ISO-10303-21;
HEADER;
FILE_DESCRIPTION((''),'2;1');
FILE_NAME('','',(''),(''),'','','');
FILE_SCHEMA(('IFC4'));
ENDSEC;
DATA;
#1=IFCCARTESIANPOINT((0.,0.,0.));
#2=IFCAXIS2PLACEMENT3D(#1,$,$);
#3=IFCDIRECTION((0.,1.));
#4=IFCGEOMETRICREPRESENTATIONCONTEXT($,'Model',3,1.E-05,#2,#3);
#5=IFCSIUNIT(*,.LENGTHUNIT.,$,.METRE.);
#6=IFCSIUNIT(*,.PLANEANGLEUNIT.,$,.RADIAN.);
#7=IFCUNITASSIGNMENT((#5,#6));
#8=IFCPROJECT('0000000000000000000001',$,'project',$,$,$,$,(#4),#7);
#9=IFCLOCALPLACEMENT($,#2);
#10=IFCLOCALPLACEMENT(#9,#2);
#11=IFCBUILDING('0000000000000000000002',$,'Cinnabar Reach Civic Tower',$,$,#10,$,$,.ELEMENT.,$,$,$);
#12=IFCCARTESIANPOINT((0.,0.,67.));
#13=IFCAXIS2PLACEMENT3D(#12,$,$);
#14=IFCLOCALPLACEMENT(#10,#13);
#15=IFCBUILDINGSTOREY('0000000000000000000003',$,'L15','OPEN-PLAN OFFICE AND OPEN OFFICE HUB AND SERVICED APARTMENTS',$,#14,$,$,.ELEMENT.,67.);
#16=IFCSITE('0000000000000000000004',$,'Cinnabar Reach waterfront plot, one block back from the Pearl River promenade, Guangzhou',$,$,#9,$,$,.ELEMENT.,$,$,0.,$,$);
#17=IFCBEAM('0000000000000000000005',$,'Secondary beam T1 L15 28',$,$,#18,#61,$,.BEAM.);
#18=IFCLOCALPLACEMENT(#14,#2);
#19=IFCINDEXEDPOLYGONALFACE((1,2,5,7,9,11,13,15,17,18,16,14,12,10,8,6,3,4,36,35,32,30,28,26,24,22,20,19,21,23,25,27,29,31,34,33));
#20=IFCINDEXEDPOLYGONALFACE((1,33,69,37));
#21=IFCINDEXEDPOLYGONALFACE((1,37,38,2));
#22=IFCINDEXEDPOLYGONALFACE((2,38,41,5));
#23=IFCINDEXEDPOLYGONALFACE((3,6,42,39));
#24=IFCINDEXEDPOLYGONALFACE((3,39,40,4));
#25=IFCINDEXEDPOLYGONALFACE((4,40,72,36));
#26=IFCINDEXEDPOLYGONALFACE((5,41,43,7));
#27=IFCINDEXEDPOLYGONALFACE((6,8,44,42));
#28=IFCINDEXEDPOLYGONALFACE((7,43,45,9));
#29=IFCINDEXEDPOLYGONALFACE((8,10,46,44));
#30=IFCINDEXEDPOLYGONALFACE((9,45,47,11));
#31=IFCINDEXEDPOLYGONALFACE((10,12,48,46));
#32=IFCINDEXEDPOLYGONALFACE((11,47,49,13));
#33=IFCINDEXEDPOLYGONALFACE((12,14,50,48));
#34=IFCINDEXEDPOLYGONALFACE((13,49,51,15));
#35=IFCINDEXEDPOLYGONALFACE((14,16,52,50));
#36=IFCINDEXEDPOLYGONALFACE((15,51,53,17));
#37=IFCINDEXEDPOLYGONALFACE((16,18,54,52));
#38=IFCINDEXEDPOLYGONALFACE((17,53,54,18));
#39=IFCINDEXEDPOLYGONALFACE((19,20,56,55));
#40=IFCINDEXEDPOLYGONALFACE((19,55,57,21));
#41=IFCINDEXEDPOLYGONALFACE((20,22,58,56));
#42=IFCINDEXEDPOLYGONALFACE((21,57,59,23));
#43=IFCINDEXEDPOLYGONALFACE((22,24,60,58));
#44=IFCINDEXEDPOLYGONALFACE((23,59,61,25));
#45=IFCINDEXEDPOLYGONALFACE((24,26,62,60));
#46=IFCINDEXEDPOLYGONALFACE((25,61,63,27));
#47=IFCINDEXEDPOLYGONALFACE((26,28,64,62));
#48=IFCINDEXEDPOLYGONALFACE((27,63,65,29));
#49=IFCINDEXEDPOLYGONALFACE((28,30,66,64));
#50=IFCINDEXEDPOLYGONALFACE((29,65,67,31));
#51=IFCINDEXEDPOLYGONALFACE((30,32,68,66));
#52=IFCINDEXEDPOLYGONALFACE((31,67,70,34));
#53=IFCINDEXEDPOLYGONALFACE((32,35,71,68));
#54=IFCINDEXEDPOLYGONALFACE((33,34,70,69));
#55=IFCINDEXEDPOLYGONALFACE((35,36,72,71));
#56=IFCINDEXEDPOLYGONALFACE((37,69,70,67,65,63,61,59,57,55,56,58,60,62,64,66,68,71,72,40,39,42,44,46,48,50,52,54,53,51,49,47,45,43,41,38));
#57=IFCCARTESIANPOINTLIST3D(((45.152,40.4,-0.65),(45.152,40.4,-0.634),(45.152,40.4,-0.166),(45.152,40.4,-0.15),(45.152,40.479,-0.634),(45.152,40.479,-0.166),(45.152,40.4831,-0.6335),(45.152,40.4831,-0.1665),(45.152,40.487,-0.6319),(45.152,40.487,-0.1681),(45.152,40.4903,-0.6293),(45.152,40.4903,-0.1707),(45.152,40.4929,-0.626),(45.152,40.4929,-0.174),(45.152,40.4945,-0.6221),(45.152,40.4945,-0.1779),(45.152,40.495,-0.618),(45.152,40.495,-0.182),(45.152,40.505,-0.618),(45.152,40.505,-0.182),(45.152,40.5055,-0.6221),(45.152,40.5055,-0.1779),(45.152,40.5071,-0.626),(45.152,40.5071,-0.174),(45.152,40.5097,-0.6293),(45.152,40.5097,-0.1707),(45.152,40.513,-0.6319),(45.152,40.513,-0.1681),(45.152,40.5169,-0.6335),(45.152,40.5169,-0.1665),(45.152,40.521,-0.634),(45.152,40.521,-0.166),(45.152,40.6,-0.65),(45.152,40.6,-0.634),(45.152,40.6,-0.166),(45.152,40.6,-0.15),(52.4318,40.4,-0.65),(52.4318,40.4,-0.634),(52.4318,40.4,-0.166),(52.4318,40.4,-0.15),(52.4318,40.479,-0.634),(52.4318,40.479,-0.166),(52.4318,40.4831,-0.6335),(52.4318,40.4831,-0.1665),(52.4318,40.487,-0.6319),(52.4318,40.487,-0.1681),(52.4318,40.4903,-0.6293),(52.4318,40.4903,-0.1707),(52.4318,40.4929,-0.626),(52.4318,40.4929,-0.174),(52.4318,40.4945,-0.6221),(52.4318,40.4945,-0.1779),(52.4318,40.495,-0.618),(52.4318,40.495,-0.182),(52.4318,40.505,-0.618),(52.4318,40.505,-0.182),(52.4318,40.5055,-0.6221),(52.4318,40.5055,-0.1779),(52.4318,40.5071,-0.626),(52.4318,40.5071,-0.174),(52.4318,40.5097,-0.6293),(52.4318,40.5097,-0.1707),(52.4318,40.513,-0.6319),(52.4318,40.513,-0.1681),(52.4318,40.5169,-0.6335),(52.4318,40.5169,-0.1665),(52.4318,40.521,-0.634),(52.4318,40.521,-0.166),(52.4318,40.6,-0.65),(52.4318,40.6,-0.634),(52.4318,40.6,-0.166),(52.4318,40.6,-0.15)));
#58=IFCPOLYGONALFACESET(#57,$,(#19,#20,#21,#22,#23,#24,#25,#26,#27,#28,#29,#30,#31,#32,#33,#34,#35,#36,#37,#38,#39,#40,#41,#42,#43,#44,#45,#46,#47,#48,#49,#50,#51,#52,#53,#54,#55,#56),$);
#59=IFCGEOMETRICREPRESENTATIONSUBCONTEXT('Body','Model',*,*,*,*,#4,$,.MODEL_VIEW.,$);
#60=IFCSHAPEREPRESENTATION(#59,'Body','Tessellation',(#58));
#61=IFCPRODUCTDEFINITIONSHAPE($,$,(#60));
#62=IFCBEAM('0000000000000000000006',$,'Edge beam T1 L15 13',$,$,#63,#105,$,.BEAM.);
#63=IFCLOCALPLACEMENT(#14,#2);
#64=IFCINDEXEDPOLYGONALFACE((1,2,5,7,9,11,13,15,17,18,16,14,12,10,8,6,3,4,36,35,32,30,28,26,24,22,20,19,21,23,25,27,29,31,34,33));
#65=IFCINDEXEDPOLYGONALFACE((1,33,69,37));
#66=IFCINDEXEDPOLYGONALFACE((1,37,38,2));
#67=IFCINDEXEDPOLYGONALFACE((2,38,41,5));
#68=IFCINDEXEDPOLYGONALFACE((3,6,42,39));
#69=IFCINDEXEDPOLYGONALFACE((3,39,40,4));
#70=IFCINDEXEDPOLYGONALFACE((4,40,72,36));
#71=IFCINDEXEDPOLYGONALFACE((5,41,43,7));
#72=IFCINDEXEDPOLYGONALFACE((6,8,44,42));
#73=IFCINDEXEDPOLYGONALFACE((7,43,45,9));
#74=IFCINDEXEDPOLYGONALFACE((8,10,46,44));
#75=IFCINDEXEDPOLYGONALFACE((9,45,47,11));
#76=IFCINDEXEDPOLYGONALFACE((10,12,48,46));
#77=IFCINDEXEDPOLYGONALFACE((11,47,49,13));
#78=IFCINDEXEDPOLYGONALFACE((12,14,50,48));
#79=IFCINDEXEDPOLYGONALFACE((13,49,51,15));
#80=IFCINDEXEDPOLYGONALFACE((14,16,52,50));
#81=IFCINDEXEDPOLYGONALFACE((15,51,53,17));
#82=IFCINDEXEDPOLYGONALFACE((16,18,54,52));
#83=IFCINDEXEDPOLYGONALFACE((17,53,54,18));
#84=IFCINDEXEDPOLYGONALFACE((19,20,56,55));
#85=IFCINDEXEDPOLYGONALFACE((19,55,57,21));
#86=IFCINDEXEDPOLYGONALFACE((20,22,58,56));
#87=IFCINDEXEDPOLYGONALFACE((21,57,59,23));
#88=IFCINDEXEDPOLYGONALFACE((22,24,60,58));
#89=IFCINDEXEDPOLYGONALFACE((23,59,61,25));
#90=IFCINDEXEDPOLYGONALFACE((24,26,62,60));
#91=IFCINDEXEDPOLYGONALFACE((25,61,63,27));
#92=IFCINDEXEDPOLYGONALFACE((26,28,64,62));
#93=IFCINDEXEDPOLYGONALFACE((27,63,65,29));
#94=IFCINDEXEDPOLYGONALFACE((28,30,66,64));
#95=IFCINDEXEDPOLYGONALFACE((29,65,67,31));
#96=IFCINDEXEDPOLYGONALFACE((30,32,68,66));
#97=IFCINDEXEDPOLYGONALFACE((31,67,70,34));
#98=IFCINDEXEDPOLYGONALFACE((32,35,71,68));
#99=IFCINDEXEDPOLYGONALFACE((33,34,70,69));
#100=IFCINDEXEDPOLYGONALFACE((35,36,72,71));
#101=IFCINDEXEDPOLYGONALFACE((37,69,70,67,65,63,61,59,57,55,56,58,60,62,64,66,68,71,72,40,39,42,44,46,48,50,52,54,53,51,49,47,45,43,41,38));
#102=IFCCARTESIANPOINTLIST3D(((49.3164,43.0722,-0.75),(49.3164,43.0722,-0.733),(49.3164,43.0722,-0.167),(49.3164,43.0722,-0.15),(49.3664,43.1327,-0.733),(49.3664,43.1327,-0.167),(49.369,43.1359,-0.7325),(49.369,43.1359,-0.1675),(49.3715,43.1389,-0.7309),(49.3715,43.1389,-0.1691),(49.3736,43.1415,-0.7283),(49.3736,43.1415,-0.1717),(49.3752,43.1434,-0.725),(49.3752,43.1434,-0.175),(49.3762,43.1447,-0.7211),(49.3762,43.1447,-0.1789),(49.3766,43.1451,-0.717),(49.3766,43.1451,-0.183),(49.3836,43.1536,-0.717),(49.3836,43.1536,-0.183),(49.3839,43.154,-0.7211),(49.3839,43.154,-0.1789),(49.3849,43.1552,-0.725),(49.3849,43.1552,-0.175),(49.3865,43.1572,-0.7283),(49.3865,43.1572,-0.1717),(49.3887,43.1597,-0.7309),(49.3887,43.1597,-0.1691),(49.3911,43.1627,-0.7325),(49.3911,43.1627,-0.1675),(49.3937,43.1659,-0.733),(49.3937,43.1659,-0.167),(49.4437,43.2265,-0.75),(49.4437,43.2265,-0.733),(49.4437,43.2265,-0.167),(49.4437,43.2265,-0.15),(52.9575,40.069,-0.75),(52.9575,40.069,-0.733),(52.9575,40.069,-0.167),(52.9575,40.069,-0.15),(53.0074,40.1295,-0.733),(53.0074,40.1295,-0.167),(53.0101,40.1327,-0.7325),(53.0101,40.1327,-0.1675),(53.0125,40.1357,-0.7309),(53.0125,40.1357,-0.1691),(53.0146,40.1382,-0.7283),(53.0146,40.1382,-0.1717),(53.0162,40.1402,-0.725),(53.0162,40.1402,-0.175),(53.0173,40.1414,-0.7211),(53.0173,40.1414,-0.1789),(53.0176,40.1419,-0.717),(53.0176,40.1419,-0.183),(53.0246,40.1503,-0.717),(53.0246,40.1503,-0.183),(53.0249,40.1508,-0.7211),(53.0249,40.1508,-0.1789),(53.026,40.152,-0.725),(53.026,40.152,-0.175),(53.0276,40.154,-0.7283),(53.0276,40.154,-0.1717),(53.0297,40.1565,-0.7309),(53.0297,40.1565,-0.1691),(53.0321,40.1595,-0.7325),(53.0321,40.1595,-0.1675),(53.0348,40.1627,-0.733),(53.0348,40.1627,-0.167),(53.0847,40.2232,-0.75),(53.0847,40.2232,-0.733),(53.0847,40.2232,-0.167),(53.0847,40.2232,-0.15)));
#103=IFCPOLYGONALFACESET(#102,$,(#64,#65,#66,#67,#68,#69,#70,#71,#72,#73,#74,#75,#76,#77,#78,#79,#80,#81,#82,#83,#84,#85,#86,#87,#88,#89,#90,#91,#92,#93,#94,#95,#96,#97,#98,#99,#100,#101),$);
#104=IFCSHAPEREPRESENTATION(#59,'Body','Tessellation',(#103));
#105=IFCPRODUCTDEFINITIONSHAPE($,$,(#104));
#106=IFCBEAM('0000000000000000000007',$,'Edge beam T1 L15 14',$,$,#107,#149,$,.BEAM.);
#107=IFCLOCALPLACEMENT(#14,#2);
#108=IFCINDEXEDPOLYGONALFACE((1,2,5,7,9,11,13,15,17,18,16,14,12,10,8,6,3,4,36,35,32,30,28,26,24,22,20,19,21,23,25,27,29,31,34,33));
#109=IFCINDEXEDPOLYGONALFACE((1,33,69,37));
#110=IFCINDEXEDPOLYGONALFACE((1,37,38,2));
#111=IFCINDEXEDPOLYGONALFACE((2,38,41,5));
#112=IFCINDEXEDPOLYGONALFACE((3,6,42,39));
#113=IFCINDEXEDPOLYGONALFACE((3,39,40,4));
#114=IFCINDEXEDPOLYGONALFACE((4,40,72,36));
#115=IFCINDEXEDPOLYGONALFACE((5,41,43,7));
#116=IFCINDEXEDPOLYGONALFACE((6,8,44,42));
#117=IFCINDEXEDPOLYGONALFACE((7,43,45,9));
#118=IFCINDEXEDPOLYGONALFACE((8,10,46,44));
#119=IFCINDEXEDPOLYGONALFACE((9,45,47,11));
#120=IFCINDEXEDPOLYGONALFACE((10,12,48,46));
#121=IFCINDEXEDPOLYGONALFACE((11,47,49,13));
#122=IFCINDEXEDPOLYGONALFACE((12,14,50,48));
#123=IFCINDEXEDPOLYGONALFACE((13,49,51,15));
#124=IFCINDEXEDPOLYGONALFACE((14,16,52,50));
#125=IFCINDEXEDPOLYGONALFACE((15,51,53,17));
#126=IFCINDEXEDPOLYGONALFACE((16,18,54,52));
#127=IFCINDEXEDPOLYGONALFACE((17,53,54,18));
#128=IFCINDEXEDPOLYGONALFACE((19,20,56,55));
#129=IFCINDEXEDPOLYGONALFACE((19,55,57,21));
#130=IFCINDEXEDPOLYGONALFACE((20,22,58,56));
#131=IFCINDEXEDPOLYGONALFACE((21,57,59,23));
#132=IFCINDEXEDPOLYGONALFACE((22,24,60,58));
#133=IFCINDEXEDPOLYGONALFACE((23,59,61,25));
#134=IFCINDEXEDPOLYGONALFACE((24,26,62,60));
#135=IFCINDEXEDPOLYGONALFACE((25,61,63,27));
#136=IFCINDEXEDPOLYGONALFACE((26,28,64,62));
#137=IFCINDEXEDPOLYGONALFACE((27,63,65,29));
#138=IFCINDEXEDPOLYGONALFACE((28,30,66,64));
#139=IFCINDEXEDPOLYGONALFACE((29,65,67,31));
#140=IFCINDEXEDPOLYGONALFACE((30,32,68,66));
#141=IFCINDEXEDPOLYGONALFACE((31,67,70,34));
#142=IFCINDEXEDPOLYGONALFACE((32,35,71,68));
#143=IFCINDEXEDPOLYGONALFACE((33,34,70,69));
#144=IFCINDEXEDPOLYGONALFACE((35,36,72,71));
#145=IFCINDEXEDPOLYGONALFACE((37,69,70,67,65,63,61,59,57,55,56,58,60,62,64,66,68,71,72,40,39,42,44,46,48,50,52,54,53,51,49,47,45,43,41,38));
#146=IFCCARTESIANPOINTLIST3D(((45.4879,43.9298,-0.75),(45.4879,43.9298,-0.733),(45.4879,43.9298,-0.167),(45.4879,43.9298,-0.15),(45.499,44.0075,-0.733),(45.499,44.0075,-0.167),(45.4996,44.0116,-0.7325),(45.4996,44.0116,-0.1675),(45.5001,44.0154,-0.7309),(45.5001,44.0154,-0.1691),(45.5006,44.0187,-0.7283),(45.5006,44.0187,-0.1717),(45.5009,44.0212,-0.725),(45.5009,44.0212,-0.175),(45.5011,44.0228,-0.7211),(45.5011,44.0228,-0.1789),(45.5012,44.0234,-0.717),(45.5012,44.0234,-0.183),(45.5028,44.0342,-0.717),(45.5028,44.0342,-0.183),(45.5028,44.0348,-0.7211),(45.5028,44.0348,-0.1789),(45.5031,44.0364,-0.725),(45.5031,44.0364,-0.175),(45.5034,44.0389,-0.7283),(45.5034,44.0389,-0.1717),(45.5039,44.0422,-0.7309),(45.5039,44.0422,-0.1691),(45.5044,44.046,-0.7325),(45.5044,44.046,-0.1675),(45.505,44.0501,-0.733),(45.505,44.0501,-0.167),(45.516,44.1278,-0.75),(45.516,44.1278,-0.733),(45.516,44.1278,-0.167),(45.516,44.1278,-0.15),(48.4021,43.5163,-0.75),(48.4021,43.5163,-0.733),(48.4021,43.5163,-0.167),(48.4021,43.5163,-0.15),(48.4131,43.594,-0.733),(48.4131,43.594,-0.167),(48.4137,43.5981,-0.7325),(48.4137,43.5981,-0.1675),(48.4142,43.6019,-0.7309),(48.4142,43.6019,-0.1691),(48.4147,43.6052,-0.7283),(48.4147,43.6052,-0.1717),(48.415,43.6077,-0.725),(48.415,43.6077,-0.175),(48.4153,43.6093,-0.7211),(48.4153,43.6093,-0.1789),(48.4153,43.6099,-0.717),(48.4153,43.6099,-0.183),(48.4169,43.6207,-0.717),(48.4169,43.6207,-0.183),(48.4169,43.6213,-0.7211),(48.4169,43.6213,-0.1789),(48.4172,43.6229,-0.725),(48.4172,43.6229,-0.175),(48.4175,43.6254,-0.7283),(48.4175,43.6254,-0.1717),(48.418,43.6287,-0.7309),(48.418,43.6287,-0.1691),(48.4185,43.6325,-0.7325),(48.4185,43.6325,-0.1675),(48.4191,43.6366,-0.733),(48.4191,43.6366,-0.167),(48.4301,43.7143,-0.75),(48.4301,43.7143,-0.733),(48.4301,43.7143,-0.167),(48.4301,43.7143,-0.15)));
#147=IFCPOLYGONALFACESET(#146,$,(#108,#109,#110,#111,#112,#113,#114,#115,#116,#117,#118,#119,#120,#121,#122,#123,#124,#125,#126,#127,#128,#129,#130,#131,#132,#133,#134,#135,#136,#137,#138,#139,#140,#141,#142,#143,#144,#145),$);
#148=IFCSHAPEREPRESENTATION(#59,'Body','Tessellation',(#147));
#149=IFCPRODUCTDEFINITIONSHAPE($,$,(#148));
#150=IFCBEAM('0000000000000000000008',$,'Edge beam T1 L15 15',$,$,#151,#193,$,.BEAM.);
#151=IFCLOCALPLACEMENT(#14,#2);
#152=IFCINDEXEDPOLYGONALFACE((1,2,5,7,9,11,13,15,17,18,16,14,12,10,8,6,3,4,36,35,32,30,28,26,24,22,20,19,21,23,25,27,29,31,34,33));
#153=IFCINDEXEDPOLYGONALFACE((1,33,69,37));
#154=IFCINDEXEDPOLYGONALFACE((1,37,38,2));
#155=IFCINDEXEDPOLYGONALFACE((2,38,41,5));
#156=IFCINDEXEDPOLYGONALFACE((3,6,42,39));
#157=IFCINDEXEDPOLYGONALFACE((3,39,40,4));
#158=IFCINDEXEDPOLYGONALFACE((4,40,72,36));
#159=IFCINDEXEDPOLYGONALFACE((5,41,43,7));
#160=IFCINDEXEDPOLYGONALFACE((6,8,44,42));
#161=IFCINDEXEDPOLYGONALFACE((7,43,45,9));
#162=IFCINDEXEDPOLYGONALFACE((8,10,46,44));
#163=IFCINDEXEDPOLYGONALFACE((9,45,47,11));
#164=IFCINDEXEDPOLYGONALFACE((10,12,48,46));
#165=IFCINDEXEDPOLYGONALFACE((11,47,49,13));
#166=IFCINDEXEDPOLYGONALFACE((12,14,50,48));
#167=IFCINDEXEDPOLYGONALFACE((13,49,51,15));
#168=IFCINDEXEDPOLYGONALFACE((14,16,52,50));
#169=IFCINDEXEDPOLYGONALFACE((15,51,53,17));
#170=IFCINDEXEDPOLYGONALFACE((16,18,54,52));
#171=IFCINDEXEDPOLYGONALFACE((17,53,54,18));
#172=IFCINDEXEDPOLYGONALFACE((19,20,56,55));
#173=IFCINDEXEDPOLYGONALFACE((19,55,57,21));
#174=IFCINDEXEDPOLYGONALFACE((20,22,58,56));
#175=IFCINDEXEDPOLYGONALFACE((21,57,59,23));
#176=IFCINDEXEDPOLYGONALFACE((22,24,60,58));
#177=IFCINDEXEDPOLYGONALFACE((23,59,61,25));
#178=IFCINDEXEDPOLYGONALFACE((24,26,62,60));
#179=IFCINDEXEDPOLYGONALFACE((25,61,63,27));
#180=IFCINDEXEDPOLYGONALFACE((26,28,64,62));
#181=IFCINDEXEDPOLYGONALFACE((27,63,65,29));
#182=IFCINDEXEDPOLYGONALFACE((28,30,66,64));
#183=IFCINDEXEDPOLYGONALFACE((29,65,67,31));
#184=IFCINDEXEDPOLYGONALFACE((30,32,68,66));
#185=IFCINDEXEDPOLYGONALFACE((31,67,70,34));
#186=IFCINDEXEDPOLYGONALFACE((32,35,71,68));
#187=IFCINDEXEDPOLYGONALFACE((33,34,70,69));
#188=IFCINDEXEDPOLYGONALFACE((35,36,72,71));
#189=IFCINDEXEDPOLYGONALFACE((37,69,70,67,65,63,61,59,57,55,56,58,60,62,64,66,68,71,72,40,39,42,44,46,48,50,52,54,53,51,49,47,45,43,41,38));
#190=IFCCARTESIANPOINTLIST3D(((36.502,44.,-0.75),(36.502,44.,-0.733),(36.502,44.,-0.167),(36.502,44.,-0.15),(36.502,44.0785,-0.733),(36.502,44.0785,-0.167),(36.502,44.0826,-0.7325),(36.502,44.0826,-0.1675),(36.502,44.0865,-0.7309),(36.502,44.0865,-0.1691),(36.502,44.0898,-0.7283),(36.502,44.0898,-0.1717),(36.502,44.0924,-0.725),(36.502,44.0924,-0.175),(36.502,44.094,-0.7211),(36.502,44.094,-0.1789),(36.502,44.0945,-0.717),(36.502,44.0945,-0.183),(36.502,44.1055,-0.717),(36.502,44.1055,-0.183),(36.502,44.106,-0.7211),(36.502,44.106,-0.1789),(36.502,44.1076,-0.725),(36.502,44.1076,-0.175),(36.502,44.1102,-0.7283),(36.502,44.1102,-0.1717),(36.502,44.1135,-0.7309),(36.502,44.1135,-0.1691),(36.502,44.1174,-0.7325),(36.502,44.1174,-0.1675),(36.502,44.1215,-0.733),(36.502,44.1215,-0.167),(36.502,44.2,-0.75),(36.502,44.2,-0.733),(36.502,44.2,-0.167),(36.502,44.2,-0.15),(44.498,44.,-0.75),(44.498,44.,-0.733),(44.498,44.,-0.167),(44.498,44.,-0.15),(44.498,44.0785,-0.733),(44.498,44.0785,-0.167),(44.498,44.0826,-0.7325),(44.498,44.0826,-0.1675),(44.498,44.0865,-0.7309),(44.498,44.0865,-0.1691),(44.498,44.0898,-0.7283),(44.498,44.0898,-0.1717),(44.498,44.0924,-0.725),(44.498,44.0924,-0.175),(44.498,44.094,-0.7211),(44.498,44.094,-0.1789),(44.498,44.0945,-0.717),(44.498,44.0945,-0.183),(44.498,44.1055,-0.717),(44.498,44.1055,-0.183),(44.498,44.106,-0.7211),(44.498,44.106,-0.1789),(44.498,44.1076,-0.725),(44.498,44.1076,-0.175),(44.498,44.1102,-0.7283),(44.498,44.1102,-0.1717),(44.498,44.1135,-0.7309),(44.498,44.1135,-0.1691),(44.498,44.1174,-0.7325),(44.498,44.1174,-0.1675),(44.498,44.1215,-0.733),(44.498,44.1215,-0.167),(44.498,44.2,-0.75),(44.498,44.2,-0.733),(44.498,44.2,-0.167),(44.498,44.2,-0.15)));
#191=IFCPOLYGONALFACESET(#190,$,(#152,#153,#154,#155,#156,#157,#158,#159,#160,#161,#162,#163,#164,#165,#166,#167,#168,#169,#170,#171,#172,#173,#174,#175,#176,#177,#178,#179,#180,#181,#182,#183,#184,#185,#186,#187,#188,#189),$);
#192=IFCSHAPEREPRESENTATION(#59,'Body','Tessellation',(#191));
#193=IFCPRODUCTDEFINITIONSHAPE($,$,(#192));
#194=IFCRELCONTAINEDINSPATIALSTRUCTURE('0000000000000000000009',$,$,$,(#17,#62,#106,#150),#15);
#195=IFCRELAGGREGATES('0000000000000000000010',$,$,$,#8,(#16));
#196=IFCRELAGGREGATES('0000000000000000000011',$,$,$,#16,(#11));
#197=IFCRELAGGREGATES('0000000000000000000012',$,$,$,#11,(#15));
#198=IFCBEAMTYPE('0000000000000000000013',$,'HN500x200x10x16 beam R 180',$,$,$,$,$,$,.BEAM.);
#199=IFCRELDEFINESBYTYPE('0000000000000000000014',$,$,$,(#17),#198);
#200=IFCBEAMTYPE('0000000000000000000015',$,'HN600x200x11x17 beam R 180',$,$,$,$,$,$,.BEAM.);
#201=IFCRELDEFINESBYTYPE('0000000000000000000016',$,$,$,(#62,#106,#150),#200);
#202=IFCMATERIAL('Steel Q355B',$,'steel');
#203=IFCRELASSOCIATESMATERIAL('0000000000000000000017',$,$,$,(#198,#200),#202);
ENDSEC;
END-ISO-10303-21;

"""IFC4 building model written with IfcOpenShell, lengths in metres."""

from ifc_helpers import new_model, si_unit, direction, frame, origin, origin_2d, place, context, subcontext, project, spatial, i_section, extrude, material, material_profile, profile_set, type_object, element, save


model = new_model("IFC4")

# Units and contexts
model_context = context("Model", 3, precision=1e-05, world=origin(), true_north=direction((0.0, 1.0)))
body_context = subcontext(model_context, "Body", "Model", "MODEL_VIEW")
ifc_project = project(units=[si_unit("LENGTHUNIT", "METRE"), si_unit("PLANEANGLEUNIT", "RADIAN")], contexts=[model_context])

# Site, building, storey
site_placement = place(None, origin())
site = spatial("IfcSite", under=ifc_project, at=site_placement, Name="Cinnabar Reach waterfront plot, one block back from the Pearl River promenade, Guangzhou", CompositionType="ELEMENT", RefElevation=0.0)
building_placement = place(site_placement, origin())
building = spatial("IfcBuilding", under=site, at=building_placement, Name="Cinnabar Reach Civic Tower", CompositionType="ELEMENT")
storey_placement = place(building_placement, frame((0.0, 0.0, 67.0)))
storey = spatial("IfcBuildingStorey", under=building, at=storey_placement, Name="L15", Description="OPEN-PLAN OFFICE AND OPEN OFFICE HUB AND SERVICED APARTMENTS", CompositionType="ELEMENT", Elevation=67.0)

# Beams
ifc_material_1 = material(Name="Steel Q355B", Category="steel")
ifc_material_profile_1 = material_profile(ifc_material_1, i_section(OverallWidth=0.2, OverallDepth=0.5, WebThickness=0.01, FlangeThickness=0.016, FilletRadius=0.016, at=origin_2d()), Name="HN500x200x10x16")
ifc_profile_set_1 = profile_set([ifc_material_profile_1], Name="Steel Q355B")
beam_type_1 = type_object("IfcBeamType", Name="HN500x200x10x16 beam R 180", PredefinedType="BEAM", material=ifc_profile_set_1)
beam_1_placement = place(storey_placement, frame((45.152, 40.5, -0.4), z_axis=(1.0, 0.0, 0.0), x_axis=(0.0, 1.0, 0.0)))
element("IfcBeam", 1, at=beam_1_placement, inside=storey, type_object=beam_type_1, Name="Secondary beam T1 L15 28", PredefinedType="BEAM", context=body_context, shape_type="SweptSolid", body=[
    extrude(i_section(OverallWidth=0.2, OverallDepth=0.5, WebThickness=0.01, FlangeThickness=0.016, FilletRadius=0.016, at=origin_2d()), origin(), (0.0, 0.0, 1.0), 7.2798),
])
ifc_material_profile_2 = material_profile(ifc_material_1, i_section(OverallWidth=0.2, OverallDepth=0.6, WebThickness=0.011, FlangeThickness=0.017, FilletRadius=0.016, at=origin_2d()), Name="HN600x200x11x17")
ifc_profile_set_2 = profile_set([ifc_material_profile_2], Name="Steel Q355B")
beam_type_2 = type_object("IfcBeamType", Name="HN600x200x11x17 beam R 180", PredefinedType="BEAM", material=ifc_profile_set_2)
beam_2_placement = place(storey_placement, frame((53.0211, 40.1461, -0.45), z_axis=(-0.771438, 0.636304, 0.0), x_axis=(-0.636304, -0.771438, 0.0)))
element("IfcBeam", 2, at=beam_2_placement, inside=storey, type_object=beam_type_2, Name="Edge beam T1 L15 13", PredefinedType="BEAM", context=body_context, shape_type="SweptSolid", body=[
    extrude(i_section(OverallWidth=0.2, OverallDepth=0.6, WebThickness=0.011, FlangeThickness=0.017, FilletRadius=0.016, at=origin_2d()), origin(), (0.0, 0.0, 1.0), 4.7198),
])
beam_3_placement = place(storey_placement, frame((48.4161, 43.6153, -0.45), z_axis=(-0.990082, 0.140489, 0.0), x_axis=(-0.140489, -0.990082, 0.0)))
element("IfcBeam", 3, at=beam_3_placement, inside=storey, type_object=beam_type_2, Name="Edge beam T1 L15 14", PredefinedType="BEAM", context=body_context, shape_type="SweptSolid", body=[
    extrude(i_section(OverallWidth=0.2, OverallDepth=0.6, WebThickness=0.011, FlangeThickness=0.017, FilletRadius=0.016, at=origin_2d()), origin(), (0.0, 0.0, 1.0), 2.9433),
])
beam_4_placement = place(storey_placement, frame((44.498, 44.1, -0.45), z_axis=(-1.0, 0.0, 0.0), x_axis=(0.0, -1.0, 0.0)))
element("IfcBeam", 4, at=beam_4_placement, inside=storey, type_object=beam_type_2, Name="Edge beam T1 L15 15", PredefinedType="BEAM", context=body_context, shape_type="SweptSolid", body=[
    extrude(i_section(OverallWidth=0.2, OverallDepth=0.6, WebThickness=0.011, FlangeThickness=0.017, FilletRadius=0.016, at=origin_2d()), origin(), (0.0, 0.0, 1.0), 7.996),
])

save(model, "model.ifc")
